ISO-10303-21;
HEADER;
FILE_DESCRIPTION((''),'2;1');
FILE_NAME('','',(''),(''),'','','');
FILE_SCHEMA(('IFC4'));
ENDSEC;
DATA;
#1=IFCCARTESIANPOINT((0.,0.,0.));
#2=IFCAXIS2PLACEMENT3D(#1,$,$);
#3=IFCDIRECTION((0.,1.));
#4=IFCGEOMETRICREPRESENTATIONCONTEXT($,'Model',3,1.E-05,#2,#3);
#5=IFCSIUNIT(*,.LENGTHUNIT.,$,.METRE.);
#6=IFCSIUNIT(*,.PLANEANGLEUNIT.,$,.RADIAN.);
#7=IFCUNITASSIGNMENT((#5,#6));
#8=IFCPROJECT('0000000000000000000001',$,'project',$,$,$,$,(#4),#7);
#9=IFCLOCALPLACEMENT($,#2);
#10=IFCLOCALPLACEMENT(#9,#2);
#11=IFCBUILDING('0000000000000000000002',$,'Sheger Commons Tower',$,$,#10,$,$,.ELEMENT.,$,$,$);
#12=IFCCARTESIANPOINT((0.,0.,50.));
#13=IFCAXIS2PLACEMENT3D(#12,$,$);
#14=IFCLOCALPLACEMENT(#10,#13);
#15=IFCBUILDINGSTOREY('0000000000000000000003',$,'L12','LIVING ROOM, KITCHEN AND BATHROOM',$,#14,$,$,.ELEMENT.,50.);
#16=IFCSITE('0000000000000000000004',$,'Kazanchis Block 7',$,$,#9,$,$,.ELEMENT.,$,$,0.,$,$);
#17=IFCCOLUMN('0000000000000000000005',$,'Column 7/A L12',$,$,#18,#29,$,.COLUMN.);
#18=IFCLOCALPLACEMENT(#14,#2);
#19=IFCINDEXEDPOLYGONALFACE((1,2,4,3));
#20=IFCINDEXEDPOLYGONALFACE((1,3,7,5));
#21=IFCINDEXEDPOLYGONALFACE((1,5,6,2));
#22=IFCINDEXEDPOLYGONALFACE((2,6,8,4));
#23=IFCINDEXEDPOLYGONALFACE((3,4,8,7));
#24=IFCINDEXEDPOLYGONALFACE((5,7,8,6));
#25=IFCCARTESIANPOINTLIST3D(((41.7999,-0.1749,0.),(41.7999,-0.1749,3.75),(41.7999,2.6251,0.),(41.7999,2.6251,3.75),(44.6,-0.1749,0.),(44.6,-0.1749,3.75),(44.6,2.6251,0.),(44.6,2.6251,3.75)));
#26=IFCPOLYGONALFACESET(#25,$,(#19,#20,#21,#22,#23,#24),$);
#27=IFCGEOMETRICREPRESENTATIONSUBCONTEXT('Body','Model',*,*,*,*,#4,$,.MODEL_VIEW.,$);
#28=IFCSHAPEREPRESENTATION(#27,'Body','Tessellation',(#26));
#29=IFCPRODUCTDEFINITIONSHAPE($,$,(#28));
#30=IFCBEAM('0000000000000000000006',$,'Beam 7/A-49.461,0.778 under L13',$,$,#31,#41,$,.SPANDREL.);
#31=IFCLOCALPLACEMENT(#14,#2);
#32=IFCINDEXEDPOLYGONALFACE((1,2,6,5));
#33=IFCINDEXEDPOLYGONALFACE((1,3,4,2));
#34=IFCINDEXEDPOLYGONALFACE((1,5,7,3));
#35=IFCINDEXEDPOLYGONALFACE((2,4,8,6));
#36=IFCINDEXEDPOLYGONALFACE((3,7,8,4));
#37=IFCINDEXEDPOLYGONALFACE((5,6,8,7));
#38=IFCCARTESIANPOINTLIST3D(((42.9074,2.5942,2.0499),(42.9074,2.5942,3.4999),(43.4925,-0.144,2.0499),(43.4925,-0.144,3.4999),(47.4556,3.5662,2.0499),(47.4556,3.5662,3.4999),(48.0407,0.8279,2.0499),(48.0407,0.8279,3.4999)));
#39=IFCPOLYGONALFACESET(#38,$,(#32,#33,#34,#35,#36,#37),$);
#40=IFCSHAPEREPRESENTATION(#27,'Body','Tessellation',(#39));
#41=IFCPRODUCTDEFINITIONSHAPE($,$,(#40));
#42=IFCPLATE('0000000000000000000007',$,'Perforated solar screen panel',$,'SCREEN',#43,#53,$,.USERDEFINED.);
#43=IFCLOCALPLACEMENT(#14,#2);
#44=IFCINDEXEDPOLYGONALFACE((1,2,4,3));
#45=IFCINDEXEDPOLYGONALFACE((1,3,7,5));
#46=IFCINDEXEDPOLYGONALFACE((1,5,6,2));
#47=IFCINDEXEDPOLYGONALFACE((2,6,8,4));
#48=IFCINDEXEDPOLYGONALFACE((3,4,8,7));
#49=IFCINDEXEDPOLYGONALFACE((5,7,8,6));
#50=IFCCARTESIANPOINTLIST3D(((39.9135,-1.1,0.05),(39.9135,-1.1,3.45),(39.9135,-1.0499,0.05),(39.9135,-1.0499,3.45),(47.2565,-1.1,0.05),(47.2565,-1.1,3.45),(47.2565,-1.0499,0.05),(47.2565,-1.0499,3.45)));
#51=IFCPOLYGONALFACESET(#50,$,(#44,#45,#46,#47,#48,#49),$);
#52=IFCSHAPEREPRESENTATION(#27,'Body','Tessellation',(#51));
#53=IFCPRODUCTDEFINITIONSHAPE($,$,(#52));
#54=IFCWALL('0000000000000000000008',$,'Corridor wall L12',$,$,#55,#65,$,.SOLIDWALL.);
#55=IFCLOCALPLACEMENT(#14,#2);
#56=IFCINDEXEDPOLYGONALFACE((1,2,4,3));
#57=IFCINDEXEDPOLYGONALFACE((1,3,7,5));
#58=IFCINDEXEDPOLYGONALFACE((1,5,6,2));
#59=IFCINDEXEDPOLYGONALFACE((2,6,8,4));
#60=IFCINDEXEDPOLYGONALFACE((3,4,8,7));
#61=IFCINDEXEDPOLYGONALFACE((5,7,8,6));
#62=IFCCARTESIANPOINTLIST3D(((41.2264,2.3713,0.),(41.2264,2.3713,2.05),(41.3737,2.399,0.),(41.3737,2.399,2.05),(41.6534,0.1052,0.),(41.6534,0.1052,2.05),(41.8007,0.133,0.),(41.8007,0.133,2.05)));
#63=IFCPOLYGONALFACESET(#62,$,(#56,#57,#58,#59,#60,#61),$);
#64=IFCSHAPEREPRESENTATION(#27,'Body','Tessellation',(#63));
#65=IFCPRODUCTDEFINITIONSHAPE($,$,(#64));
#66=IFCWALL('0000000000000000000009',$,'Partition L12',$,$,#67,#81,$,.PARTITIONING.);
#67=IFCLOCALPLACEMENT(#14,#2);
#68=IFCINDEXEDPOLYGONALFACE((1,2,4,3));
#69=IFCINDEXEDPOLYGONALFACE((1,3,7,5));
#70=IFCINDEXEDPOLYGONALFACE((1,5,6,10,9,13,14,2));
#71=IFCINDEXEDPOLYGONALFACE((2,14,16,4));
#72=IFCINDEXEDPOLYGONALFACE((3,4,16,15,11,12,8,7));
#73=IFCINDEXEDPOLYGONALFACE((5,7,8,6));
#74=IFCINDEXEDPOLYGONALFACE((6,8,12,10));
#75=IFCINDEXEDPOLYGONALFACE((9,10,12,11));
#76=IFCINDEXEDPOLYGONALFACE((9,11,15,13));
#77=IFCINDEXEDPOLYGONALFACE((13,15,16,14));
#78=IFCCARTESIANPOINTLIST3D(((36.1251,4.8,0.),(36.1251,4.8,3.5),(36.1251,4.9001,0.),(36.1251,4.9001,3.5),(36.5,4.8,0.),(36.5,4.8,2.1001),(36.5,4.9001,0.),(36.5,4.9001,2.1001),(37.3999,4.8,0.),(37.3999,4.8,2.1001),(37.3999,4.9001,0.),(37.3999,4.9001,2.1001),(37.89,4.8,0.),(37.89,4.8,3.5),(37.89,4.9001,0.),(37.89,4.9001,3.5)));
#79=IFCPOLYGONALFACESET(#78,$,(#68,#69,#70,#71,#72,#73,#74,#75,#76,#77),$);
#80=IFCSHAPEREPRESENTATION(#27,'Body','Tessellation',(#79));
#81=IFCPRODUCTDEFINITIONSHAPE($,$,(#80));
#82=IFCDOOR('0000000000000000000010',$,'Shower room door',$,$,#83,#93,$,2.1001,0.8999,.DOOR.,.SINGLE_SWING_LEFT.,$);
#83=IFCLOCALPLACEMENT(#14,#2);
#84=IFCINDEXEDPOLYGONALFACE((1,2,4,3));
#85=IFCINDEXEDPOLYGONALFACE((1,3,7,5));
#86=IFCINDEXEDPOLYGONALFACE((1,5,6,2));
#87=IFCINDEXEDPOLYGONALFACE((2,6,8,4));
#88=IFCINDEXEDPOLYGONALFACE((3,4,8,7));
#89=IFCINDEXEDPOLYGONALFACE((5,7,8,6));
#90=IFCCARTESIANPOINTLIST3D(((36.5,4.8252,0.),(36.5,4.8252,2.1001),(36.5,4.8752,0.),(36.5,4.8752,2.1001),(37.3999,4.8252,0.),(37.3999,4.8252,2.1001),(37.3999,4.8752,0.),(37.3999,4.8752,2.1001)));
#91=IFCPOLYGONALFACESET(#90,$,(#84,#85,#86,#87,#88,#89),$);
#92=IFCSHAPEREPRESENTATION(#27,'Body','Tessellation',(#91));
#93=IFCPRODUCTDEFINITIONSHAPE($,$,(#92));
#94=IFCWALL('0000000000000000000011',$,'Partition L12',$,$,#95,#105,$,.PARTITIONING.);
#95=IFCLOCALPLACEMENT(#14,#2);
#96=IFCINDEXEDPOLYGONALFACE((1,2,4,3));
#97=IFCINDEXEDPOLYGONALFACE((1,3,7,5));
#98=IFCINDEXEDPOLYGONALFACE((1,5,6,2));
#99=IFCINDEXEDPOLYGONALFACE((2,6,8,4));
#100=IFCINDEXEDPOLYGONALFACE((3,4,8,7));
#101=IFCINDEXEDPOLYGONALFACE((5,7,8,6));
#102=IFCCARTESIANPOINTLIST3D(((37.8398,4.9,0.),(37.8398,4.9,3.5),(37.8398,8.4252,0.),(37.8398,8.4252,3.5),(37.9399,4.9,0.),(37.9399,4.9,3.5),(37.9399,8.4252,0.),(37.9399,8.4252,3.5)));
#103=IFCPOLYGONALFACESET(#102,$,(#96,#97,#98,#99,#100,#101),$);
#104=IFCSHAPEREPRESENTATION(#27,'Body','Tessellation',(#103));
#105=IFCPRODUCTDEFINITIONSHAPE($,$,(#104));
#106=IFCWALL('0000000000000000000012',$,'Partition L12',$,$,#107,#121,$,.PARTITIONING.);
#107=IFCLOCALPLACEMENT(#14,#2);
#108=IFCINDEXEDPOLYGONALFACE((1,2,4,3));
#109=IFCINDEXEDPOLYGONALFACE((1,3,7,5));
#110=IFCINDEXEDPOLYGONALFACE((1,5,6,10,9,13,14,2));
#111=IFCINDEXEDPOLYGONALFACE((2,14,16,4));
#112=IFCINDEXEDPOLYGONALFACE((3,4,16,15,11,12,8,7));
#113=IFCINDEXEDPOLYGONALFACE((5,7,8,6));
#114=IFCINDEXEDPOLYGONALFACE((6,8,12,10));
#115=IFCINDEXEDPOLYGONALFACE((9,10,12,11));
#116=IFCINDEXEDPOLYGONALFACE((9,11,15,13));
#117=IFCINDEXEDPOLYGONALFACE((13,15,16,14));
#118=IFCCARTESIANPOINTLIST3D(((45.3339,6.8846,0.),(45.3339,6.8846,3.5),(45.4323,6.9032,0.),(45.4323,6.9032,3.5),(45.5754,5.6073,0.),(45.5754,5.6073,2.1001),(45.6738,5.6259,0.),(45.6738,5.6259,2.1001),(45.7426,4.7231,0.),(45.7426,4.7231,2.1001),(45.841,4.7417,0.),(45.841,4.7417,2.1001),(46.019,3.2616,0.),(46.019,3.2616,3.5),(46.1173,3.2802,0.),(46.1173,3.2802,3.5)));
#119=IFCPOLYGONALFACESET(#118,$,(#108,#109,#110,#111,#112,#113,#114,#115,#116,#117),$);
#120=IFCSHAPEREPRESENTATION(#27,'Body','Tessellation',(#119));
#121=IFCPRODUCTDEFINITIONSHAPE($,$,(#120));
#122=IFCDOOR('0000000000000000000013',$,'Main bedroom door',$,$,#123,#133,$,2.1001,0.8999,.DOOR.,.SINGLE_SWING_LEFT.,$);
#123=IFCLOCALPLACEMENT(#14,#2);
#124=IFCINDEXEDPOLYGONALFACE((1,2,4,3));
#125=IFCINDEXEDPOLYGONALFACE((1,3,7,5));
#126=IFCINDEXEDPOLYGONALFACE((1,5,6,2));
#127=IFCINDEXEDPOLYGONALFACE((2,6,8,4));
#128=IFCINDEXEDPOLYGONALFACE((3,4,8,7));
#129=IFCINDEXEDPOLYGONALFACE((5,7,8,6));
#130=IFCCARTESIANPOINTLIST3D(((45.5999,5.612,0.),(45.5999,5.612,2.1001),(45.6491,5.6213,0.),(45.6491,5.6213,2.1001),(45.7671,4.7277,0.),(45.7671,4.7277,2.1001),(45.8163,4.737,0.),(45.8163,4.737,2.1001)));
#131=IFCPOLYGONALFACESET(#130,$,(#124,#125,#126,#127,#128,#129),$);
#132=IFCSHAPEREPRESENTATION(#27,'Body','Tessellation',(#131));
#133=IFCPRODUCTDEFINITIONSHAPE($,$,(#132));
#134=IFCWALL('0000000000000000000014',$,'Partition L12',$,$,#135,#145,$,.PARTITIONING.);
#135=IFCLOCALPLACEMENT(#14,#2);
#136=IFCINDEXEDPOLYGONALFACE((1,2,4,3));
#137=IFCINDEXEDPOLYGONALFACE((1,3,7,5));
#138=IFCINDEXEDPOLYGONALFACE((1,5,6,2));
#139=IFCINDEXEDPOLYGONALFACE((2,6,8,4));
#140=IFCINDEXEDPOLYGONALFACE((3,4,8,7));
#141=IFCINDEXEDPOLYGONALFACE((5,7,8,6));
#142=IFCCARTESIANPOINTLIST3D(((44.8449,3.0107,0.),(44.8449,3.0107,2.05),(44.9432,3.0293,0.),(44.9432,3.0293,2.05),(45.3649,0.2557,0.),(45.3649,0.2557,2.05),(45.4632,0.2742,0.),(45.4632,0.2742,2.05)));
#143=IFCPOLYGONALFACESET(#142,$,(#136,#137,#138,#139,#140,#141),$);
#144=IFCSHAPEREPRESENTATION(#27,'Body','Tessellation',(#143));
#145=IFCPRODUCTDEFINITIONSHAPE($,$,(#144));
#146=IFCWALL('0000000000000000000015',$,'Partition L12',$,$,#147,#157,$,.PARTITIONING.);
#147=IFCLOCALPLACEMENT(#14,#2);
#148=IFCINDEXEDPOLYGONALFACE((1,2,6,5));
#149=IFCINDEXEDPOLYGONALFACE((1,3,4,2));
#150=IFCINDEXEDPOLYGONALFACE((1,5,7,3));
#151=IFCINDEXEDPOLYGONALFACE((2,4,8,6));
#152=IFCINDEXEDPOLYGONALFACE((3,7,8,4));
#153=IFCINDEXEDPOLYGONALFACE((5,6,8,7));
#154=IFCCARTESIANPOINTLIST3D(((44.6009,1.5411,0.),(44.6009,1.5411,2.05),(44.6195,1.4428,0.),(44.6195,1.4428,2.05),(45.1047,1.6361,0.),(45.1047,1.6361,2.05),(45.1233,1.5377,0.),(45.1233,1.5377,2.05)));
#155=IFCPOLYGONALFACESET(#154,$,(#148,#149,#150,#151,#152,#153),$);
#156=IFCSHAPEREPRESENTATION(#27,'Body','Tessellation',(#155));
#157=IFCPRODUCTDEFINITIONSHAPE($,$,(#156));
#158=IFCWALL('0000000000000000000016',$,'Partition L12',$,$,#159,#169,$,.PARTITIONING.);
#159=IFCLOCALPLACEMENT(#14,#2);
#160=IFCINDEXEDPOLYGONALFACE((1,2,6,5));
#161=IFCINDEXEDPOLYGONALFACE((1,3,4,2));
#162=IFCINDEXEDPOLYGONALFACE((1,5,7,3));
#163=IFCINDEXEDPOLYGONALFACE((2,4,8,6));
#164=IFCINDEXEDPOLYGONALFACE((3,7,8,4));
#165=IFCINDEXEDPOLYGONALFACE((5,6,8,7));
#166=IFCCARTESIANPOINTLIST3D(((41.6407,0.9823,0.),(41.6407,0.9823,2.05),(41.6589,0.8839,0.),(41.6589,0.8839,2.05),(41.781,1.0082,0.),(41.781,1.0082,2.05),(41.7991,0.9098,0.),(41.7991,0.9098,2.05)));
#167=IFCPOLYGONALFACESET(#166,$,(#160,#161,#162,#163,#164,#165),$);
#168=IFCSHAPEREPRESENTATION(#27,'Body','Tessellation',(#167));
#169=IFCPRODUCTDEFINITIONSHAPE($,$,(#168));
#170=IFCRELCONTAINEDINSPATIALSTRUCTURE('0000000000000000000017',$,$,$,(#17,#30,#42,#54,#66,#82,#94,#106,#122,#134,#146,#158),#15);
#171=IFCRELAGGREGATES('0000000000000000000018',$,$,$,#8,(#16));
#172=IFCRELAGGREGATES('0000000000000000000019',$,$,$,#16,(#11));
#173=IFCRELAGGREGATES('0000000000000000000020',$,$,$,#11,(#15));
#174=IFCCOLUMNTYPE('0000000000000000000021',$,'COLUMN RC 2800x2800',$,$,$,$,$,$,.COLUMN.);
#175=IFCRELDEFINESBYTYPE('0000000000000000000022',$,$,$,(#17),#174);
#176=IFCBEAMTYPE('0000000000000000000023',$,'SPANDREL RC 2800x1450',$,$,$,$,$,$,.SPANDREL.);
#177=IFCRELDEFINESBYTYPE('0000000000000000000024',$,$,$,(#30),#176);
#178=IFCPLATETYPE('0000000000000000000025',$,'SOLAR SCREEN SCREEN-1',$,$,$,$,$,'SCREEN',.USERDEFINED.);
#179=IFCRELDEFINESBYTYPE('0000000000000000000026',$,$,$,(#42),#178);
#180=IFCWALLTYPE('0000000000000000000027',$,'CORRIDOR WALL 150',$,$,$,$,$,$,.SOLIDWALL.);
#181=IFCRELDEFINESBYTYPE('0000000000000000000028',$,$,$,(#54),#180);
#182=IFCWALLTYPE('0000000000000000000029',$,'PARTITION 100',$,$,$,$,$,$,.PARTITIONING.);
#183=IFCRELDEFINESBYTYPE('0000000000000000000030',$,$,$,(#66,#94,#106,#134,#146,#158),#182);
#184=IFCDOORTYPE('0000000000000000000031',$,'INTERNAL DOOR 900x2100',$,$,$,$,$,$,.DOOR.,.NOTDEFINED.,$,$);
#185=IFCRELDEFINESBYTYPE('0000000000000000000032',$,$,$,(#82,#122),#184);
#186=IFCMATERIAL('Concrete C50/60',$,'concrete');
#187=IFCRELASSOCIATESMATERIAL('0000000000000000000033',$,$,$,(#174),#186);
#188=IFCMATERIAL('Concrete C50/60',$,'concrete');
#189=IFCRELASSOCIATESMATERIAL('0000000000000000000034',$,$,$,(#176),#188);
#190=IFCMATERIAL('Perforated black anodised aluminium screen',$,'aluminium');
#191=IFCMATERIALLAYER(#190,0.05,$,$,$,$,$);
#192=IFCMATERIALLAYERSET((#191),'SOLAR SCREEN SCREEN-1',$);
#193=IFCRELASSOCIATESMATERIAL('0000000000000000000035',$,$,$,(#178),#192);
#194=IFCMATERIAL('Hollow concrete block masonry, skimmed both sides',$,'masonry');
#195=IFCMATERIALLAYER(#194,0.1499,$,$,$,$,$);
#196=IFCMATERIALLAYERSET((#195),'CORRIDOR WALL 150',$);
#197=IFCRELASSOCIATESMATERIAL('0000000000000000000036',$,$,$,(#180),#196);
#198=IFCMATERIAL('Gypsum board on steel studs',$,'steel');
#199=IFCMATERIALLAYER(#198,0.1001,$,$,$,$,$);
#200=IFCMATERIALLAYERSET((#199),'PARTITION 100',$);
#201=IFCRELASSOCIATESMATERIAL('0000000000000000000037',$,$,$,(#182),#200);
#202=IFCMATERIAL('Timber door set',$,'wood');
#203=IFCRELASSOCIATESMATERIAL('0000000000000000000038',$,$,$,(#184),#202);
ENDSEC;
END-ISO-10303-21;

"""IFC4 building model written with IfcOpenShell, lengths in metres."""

from ifc_helpers import new_model, si_unit, direction, frame, frame_2d, origin, origin_2d, place, context, subcontext, project, spatial, rectangle, extrude, material, layer, layer_set, material_profile, profile_set, type_object, element, fill, save


model = new_model("IFC4")

# Units and contexts
model_context = context("Model", 3, precision=1e-05, world=origin(), true_north=direction((0.0, 1.0)))
body_context = subcontext(model_context, "Body", "Model", "MODEL_VIEW")
ifc_project = project(units=[si_unit("LENGTHUNIT", "METRE"), si_unit("PLANEANGLEUNIT", "RADIAN")], contexts=[model_context])

# Site, building, storey
site_placement = place(None, origin())
site = spatial("IfcSite", under=ifc_project, at=site_placement, Name="Kazanchis Block 7", CompositionType="ELEMENT", RefElevation=0.0)
building_placement = place(site_placement, origin())
building = spatial("IfcBuilding", under=site, at=building_placement, Name="Sheger Commons Tower", CompositionType="ELEMENT")
storey_placement = place(building_placement, frame((0.0, 0.0, 50.0)))
storey = spatial("IfcBuildingStorey", under=building, at=storey_placement, Name="L12", Description="LIVING ROOM, KITCHEN AND BATHROOM", CompositionType="ELEMENT", Elevation=50.0)

# Column
ifc_material_1 = material(Name="Concrete C50/60", Category="concrete")
ifc_material_profile_1 = material_profile(ifc_material_1, rectangle(XDim=2.8, YDim=2.8, at=origin_2d()), Name="RC 2800x2800")
ifc_profile_set_1 = profile_set([ifc_material_profile_1], Name="Concrete C50/60")
column_type = type_object("IfcColumnType", Name="COLUMN RC 2800x2800", PredefinedType="COLUMN", material=ifc_profile_set_1)
column_placement = place(storey_placement, frame((43.2, 1.2251, 0.0), z_axis=(0.0, 0.0, 1.0), x_axis=(1.0, 0.0, 0.0)))
element("IfcColumn", 1, at=column_placement, inside=storey, type_object=column_type, Name="Column 7/A L12", PredefinedType="COLUMN", context=body_context, shape_type="SweptSolid", body=[
    extrude(rectangle(XDim=2.8, YDim=2.8, at=origin_2d()), origin(), (0.0, 0.0, 1.0), 3.75),
])

# Beam
ifc_material_2 = material(Name="Concrete C50/60", Category="concrete")
ifc_material_profile_2 = material_profile(ifc_material_2, rectangle(XDim=2.8, YDim=1.45, at=origin_2d()), Name="RC 2800x1450")
ifc_profile_set_2 = profile_set([ifc_material_profile_2], Name="Concrete C50/60")
beam_type = type_object("IfcBeamType", Name="SPANDREL RC 2800x1450", PredefinedType="SPANDREL", material=ifc_profile_set_2)
beam_placement = place(storey_placement, frame((43.2, 1.2251, 2.7749), z_axis=(0.97792, 0.208981, 0.0), x_axis=(-0.208981, 0.97792, 0.0)))
element("IfcBeam", 2, at=beam_placement, inside=storey, type_object=beam_type, Name="Beam 7/A-49.461,0.778 under L13", PredefinedType="SPANDREL", context=body_context, shape_type="SweptSolid", body=[
    extrude(rectangle(XDim=2.8, YDim=1.45, at=origin_2d()), origin(), (0.0, 0.0, 1.0), 4.6509),
])

# Plate
ifc_material_3 = material(Name="Perforated black anodised aluminium screen", Category="aluminium")
ifc_layer_1 = layer(ifc_material_3, 0.05)
ifc_layer_set_1 = layer_set([ifc_layer_1], Name="SOLAR SCREEN SCREEN-1")
plate_type = type_object("IfcPlateType", Name="SOLAR SCREEN SCREEN-1", ElementType="SCREEN", PredefinedType="USERDEFINED", material=ifc_layer_set_1)
plate_placement = place(storey_placement, frame((43.585, -1.075, 0.05), z_axis=(0.0, 0.0, 1.0), x_axis=(1.0, 0.0, 0.0)))
element("IfcPlate", 3, at=plate_placement, inside=storey, type_object=plate_type, Name="Perforated solar screen panel", ObjectType="SCREEN", PredefinedType="USERDEFINED", context=body_context, shape_type="SweptSolid", body=[
    extrude(rectangle(XDim=7.343, YDim=0.05, at=origin_2d()), origin(), (0.0, 0.0, 1.0), 3.3999),
])

# Wall
ifc_material_4 = material(Name="Hollow concrete block masonry, skimmed both sides", Category="masonry")
ifc_layer_2 = layer(ifc_material_4, 0.1499)
ifc_layer_set_2 = layer_set([ifc_layer_2], Name="CORRIDOR WALL 150")
wall_type_1 = type_object("IfcWallType", Name="CORRIDOR WALL 150", PredefinedType="SOLIDWALL", material=ifc_layer_set_2)
wall_1_placement = place(storey_placement, frame((41.3, 2.385, 0.0), z_axis=(0.0, 0.0, 1.0), x_axis=(0.185171, -0.982706, 0.0)))
element("IfcWall", 4, at=wall_1_placement, inside=storey, type_object=wall_type_1, Name="Corridor wall L12", PredefinedType="SOLIDWALL", context=body_context, shape_type="SweptSolid", body=[
    extrude(rectangle(XDim=2.3059, YDim=0.1499, at=frame_2d((1.1528, 0.0))), origin(), (0.0, 0.0, 1.0), 2.05),
])

# Wall, opening, door
ifc_material_5 = material(Name="Gypsum board on steel studs", Category="steel")
ifc_layer_3 = layer(ifc_material_5, 0.1001)
ifc_layer_set_3 = layer_set([ifc_layer_3], Name="PARTITION 100")
wall_type_2 = type_object("IfcWallType", Name="PARTITION 100", PredefinedType="PARTITIONING", material=ifc_layer_set_3)
wall_2_placement = place(storey_placement, frame((37.8899, 4.8501, 0.0), z_axis=(0.0, 0.0, 1.0), x_axis=(-1.0, 0.0, 0.0)))
wall_2 = element("IfcWall", 5, at=wall_2_placement, inside=storey, type_object=wall_type_2, Name="Partition L12", PredefinedType="PARTITIONING", context=body_context, shape_type="SweptSolid", body=[
    extrude(rectangle(XDim=1.7649, YDim=0.1001, at=frame_2d((0.8823, 0.0))), origin(), (0.0, 0.0, 1.0), 3.5),
])
opening_1_placement = place(wall_2_placement, frame((0.49, 0.0, 0.0)))
opening_1 = element("IfcOpeningElement", 6, at=opening_1_placement, cuts=wall_2, PredefinedType="OPENING", context=body_context, shape_type="SweptSolid", body=[
    extrude(rectangle(XDim=0.8999, YDim=2.1001, at=frame_2d((0.45, 1.05))), frame((0.0, 0.0601, 0.0), z_axis=(0.0, -1.0, 0.0), x_axis=(1.0, 0.0, 0.0)), (0.0, 0.0, 1.0), 0.1201),
])
ifc_material_6 = material(Name="Timber door set", Category="wood")
door_type = type_object("IfcDoorType", Name="INTERNAL DOOR 900x2100", OperationType="NOTDEFINED", PredefinedType="DOOR", material=ifc_material_6)
door_1_placement = place(opening_1_placement, origin())
door_1 = element("IfcDoor", 7, at=door_1_placement, inside=storey, type_object=door_type, Name="Shower room door", OperationType="SINGLE_SWING_LEFT", OverallHeight=2.1001, OverallWidth=0.8999, PredefinedType="DOOR", context=body_context, shape_type="SweptSolid", body=[
    extrude(rectangle(XDim=0.8999, YDim=2.1001, at=frame_2d((0.45, 1.05))), frame((0.0, 0.0249, 0.0), z_axis=(0.0, -1.0, 0.0), x_axis=(1.0, 0.0, 0.0)), (0.0, 0.0, 1.0), 0.05),
])
fill(opening_1, door_1)

# Wall
wall_3_placement = place(storey_placement, frame((37.8899, 4.8999, 0.0), z_axis=(0.0, 0.0, 1.0), x_axis=(0.0, 1.0, 0.0)))
element("IfcWall", 8, at=wall_3_placement, inside=storey, type_object=wall_type_2, Name="Partition L12", PredefinedType="PARTITIONING", context=body_context, shape_type="SweptSolid", body=[
    extrude(rectangle(XDim=3.5251, YDim=0.1001, at=frame_2d((1.7627, 0.0))), origin(), (0.0, 0.0, 1.0), 3.5),
])

# Wall, opening, door
wall_4_placement = place(storey_placement, frame((45.3831, 6.894, 0.0), z_axis=(0.0, 0.0, 1.0), x_axis=(0.185791, -0.982589, 0.0)))
wall_4 = element("IfcWall", 9, at=wall_4_placement, inside=storey, type_object=wall_type_2, Name="Partition L12", PredefinedType="PARTITIONING", context=body_context, shape_type="SweptSolid", body=[
    extrude(rectangle(XDim=3.6873, YDim=0.1001, at=frame_2d((1.8438, 0.0))), origin(), (0.0, 0.0, 1.0), 3.5),
])
opening_2_placement = place(wall_4_placement, frame((1.3, 0.0, 0.0)))
opening_2 = element("IfcOpeningElement", 10, at=opening_2_placement, cuts=wall_4, PredefinedType="OPENING", context=body_context, shape_type="SweptSolid", body=[
    extrude(rectangle(XDim=0.8999, YDim=2.1001, at=frame_2d((0.45, 1.05))), frame((0.0, 0.0601, 0.0), z_axis=(0.0, -1.0, 0.0), x_axis=(1.0, 0.0, 0.0)), (0.0, 0.0, 1.0), 0.1201),
])
door_2_placement = place(opening_2_placement, origin())
door_2 = element("IfcDoor", 11, at=door_2_placement, inside=storey, type_object=door_type, Name="Main bedroom door", OperationType="SINGLE_SWING_LEFT", OverallHeight=2.1001, OverallWidth=0.8999, PredefinedType="DOOR", context=body_context, shape_type="SweptSolid", body=[
    extrude(rectangle(XDim=0.8999, YDim=2.1001, at=frame_2d((0.45, 1.05))), frame((0.0, 0.0249, 0.0), z_axis=(0.0, -1.0, 0.0), x_axis=(1.0, 0.0, 0.0)), (0.0, 0.0, 1.0), 0.05),
])
fill(opening_2, door_2)

# Walls
wall_5_placement = place(storey_placement, frame((44.894, 3.02, 0.0), z_axis=(0.0, 0.0, 1.0), x_axis=(0.185471, -0.98265, 0.0)))
element("IfcWall", 12, at=wall_5_placement, inside=storey, type_object=wall_type_2, Name="Partition L12", PredefinedType="PARTITIONING", context=body_context, shape_type="SweptSolid", body=[
    extrude(rectangle(XDim=2.8037, YDim=0.1001, at=frame_2d((1.4019, 0.0))), origin(), (0.0, 0.0, 1.0), 2.05),
])
wall_6_placement = place(storey_placement, frame((45.114, 1.5869, 0.0), z_axis=(0.0, 0.0, 1.0), x_axis=(-0.982699, -0.185208, 0.0)))
element("IfcWall", 13, at=wall_6_placement, inside=storey, type_object=wall_type_2, Name="Partition L12", PredefinedType="PARTITIONING", context=body_context, shape_type="SweptSolid", body=[
    extrude(rectangle(XDim=0.5127, YDim=0.1001, at=frame_2d((0.2563, 0.0))), origin(), (0.0, 0.0, 1.0), 2.05),
])
wall_7_placement = place(storey_placement, frame((41.79, 0.959, 0.0), z_axis=(0.0, 0.0, 1.0), x_axis=(-0.983373, -0.181598, 0.0)))
element("IfcWall", 14, at=wall_7_placement, inside=storey, type_object=wall_type_2, Name="Partition L12", PredefinedType="PARTITIONING", context=body_context, shape_type="SweptSolid", body=[
    extrude(rectangle(XDim=0.1426, YDim=0.1001, at=frame_2d((0.0713, 0.0))), origin(), (0.0, 0.0, 1.0), 2.05),
])

save(model, "model.ifc")
